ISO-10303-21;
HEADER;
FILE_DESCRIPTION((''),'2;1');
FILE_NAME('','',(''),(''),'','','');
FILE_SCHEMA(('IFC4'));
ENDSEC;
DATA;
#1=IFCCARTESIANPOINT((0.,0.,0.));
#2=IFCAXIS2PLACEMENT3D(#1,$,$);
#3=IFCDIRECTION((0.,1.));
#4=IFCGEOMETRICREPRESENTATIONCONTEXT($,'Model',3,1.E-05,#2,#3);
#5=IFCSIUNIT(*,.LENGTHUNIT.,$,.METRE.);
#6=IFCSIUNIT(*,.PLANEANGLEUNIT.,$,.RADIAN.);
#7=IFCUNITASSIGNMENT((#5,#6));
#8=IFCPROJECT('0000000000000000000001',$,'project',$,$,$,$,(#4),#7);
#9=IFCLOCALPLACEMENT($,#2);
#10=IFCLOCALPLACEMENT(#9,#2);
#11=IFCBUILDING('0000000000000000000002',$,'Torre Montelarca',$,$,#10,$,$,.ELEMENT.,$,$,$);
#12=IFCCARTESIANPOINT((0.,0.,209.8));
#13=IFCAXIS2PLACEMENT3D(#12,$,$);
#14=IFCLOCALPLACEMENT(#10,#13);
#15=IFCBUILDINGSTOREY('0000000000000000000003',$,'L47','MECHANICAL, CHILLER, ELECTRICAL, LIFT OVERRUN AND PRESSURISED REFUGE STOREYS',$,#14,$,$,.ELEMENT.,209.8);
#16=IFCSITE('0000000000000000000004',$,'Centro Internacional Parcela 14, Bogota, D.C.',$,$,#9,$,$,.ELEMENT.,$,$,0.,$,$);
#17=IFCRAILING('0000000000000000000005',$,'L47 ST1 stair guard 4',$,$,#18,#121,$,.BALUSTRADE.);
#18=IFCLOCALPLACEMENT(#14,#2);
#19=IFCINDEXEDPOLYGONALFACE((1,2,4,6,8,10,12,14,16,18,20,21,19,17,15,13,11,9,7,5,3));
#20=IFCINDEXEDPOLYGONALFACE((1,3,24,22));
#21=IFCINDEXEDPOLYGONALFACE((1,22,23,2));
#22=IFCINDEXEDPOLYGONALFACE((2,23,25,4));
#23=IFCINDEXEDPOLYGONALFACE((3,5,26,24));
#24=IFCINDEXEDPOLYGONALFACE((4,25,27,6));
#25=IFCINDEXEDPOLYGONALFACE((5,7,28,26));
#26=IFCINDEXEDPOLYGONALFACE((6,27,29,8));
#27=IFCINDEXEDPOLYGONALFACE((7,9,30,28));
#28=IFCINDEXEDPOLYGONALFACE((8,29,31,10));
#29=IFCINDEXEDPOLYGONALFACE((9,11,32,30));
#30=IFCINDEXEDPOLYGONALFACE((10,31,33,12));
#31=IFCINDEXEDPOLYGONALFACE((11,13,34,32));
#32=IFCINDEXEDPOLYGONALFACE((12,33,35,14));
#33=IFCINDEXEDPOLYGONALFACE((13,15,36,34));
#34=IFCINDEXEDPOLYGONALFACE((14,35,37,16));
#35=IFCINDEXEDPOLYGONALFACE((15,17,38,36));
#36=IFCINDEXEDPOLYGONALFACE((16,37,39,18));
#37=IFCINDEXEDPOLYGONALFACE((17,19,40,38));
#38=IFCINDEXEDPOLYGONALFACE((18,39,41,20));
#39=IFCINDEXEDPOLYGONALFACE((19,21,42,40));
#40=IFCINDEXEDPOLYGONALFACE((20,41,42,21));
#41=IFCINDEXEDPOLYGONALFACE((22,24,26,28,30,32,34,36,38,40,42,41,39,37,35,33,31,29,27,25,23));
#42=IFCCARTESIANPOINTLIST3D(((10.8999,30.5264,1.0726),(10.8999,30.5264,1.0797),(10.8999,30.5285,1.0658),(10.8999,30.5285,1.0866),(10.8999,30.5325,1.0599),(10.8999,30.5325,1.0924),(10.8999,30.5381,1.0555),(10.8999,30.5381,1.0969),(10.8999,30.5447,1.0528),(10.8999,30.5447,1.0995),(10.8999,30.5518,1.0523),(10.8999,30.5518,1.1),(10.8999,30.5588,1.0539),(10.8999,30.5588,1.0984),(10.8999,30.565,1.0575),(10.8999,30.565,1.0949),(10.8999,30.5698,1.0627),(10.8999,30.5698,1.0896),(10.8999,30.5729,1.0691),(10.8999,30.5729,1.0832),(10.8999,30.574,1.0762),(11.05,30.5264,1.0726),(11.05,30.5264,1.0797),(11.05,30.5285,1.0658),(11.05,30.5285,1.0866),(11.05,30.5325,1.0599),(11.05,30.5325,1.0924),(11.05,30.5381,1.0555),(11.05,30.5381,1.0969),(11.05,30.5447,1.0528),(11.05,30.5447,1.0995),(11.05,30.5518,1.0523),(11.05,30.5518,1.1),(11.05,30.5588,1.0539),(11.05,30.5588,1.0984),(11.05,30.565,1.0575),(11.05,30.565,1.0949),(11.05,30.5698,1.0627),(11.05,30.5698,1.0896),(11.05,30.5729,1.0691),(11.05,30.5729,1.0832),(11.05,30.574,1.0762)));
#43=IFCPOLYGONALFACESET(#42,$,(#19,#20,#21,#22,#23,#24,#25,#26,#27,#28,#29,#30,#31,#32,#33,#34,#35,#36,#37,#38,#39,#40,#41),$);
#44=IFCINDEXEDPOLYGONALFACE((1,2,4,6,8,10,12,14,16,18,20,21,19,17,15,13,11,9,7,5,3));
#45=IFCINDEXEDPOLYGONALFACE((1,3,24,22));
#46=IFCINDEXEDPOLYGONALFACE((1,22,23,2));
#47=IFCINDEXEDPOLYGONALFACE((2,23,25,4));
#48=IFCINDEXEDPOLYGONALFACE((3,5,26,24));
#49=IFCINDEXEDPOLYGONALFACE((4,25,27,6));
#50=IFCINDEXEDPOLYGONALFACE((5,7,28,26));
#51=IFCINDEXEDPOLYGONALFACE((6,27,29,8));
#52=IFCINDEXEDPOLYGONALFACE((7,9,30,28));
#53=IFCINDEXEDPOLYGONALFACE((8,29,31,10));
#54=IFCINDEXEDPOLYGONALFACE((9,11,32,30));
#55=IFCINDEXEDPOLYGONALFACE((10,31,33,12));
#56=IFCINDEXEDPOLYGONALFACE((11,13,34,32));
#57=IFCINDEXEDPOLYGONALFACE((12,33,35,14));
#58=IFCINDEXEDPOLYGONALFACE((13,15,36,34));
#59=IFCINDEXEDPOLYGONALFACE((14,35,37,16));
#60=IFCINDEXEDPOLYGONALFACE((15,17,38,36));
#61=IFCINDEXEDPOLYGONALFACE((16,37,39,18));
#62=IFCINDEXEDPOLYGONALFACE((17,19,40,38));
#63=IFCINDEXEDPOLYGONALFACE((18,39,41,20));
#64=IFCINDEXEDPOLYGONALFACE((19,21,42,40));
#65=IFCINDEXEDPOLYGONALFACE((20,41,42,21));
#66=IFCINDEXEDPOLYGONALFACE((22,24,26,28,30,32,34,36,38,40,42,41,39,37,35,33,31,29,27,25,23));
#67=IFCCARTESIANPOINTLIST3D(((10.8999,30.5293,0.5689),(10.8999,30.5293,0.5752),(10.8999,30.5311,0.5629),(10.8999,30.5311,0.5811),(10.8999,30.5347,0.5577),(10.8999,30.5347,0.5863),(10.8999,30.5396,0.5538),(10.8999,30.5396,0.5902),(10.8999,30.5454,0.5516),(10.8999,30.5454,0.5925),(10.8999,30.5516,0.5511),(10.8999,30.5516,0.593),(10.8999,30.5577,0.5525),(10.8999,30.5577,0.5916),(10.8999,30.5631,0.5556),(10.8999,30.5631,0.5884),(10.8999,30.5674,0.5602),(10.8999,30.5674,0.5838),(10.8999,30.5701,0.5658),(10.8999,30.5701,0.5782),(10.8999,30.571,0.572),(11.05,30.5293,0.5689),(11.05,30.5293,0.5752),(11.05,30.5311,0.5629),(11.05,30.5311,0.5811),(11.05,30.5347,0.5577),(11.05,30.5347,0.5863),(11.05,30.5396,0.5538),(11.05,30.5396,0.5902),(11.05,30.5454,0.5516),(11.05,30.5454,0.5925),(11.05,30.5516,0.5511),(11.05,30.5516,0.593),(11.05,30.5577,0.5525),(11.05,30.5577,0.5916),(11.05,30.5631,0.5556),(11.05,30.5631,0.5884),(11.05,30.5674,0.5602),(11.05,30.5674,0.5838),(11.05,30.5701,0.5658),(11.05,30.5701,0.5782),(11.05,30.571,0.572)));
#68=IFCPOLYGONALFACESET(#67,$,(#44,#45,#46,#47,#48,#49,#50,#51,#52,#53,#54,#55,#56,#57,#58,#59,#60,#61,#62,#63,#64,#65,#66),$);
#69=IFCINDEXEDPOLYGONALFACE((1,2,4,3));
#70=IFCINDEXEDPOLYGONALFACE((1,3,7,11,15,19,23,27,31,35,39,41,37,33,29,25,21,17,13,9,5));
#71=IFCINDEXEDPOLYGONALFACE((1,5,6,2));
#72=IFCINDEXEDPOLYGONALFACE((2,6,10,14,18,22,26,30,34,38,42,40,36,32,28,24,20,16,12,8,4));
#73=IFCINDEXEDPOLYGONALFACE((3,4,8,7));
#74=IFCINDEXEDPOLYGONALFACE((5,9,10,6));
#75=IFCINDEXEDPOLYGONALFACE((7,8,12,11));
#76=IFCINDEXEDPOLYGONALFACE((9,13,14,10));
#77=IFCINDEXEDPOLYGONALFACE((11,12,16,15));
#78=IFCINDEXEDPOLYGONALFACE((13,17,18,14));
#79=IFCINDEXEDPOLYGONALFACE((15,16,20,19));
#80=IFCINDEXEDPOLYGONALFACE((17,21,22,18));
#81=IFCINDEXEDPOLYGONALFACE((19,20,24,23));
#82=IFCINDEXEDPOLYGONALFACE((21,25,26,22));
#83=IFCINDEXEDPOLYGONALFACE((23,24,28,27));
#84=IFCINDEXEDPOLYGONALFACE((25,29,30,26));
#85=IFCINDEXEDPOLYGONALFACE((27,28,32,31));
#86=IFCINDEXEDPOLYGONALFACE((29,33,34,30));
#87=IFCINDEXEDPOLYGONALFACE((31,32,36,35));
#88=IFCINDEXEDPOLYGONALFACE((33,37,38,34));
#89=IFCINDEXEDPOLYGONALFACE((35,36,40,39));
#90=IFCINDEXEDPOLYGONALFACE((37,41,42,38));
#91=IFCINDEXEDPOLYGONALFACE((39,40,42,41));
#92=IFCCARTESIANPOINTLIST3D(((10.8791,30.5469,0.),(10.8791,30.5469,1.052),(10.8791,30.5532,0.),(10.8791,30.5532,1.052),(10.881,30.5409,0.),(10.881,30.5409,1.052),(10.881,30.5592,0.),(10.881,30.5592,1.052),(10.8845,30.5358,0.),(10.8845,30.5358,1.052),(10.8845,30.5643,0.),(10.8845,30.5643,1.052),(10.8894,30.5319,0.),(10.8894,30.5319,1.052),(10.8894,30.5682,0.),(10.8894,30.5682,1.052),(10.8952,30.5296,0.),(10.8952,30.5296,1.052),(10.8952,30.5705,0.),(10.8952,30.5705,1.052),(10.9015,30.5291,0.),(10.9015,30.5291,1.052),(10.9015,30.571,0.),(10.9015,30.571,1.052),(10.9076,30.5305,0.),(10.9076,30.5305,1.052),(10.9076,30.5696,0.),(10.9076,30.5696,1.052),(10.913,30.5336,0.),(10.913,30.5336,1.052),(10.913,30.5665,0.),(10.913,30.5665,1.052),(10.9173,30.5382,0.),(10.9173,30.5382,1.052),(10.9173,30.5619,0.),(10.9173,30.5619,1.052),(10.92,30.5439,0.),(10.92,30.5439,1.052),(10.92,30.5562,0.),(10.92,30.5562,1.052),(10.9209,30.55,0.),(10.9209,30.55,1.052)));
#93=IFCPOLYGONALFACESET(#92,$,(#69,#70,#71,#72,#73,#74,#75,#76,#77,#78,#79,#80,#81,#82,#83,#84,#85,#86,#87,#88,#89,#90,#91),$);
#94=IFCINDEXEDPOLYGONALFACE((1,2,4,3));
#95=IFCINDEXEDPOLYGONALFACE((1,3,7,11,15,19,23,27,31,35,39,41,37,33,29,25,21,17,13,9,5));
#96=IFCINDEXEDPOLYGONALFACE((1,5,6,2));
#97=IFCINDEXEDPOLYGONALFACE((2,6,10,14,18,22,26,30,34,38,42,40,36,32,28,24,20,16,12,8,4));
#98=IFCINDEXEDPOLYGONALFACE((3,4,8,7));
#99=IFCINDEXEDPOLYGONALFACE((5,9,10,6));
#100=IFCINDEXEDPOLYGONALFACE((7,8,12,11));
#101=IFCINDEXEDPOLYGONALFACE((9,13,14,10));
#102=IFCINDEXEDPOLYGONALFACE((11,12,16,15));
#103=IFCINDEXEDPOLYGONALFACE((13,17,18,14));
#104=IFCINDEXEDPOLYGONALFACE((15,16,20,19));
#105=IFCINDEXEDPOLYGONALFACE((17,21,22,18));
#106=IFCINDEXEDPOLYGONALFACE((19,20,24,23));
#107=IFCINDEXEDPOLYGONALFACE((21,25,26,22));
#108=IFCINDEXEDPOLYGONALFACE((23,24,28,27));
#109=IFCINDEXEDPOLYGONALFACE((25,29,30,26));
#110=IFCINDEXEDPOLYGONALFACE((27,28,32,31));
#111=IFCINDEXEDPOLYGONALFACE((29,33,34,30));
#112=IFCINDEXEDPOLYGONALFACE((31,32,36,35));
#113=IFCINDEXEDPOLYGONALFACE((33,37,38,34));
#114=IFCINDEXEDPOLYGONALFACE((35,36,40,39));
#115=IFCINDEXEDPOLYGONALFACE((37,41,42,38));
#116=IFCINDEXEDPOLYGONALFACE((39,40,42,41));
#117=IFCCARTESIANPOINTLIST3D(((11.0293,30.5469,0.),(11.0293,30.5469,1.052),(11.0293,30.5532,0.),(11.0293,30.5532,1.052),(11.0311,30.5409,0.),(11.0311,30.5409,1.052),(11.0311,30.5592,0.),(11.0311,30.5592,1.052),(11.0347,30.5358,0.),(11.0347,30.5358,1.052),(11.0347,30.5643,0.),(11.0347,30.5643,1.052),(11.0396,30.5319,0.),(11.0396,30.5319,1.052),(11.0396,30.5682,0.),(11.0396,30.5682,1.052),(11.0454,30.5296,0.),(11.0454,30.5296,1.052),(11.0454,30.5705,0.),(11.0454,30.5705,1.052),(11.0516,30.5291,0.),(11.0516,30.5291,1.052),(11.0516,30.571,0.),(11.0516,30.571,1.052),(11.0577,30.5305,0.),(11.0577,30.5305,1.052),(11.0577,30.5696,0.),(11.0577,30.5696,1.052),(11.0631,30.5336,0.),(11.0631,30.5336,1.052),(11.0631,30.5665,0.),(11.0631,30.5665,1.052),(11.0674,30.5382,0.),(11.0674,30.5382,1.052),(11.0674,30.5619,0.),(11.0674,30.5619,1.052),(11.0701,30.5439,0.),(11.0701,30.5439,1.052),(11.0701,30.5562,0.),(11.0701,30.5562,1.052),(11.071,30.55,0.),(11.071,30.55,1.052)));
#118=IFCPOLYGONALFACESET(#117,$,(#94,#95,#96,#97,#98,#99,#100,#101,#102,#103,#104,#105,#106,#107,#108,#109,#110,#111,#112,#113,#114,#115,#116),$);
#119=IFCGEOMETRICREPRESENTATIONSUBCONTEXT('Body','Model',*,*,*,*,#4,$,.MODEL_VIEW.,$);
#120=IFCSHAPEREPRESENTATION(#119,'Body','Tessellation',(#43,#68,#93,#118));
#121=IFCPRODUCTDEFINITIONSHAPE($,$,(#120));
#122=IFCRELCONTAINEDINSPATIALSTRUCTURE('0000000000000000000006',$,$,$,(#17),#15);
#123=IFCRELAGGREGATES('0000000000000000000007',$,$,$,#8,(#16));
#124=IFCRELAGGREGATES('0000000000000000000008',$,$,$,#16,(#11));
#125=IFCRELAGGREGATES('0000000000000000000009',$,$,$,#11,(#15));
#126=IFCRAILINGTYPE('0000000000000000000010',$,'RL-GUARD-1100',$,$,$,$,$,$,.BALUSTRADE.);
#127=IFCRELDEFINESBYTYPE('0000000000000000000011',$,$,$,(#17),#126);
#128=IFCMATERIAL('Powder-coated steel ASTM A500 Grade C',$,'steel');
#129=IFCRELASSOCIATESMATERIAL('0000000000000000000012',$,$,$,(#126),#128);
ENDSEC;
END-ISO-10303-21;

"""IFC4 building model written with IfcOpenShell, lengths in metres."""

from ifc_helpers import new_model, si_unit, direction, frame, origin, origin_2d, place, context, subcontext, project, spatial, circle, extrude, material, type_object, element, save


model = new_model("IFC4")

# Units and contexts
model_context = context("Model", 3, precision=1e-05, world=origin(), true_north=direction((0.0, 1.0)))
body_context = subcontext(model_context, "Body", "Model", "MODEL_VIEW")
ifc_project = project(units=[si_unit("LENGTHUNIT", "METRE"), si_unit("PLANEANGLEUNIT", "RADIAN")], contexts=[model_context])

# Site, building, storey
site_placement = place(None, origin())
site = spatial("IfcSite", under=ifc_project, at=site_placement, Name="Centro Internacional Parcela 14, Bogota, D.C.", CompositionType="ELEMENT", RefElevation=0.0)
building_placement = place(site_placement, origin())
building = spatial("IfcBuilding", under=site, at=building_placement, Name="Torre Montelarca", CompositionType="ELEMENT")
storey_placement = place(building_placement, frame((0.0, 0.0, 209.8)))
storey = spatial("IfcBuildingStorey", under=building, at=storey_placement, Name="L47", Description="MECHANICAL, CHILLER, ELECTRICAL, LIFT OVERRUN AND PRESSURISED REFUGE STOREYS", CompositionType="ELEMENT", Elevation=209.8)

# Railing
ifc_material_1 = material(Name="Powder-coated steel ASTM A500 Grade C", Category="steel")
railing_type_1 = type_object("IfcRailingType", Name="RL-GUARD-1100", PredefinedType="BALUSTRADE", material=ifc_material_1)
railing_1_placement = place(storey_placement, frame((10.8999, 30.55, 0.0)))
element("IfcRailing", 1, at=railing_1_placement, inside=storey, type_object=railing_type_1, Name="L47 ST1 stair guard 4", PredefinedType="BALUSTRADE", context=body_context, shape_type="SweptSolid", body=[
    extrude(circle(Radius=0.0239, at=origin_2d()), frame((0.0, 0.0, 1.0762), z_axis=(1.0, 0.0, 0.0), x_axis=(0.0, 1.0, 0.0)), (0.0, 0.0, 1.0), 0.1501),
    extrude(circle(Radius=0.021, at=origin_2d()), frame((0.0, 0.0, 0.572), z_axis=(1.0, 0.0, 0.0), x_axis=(0.0, 1.0, 0.0)), (0.0, 0.0, 1.0), 0.1501),
    extrude(circle(Radius=0.021, at=origin_2d()), origin(), (0.0, 0.0, 1.0), 1.052),
    extrude(circle(Radius=0.021, at=origin_2d()), frame((0.1501, 0.0, 0.0)), (0.0, 0.0, 1.0), 1.052),
])

save(model, "model.ifc")
